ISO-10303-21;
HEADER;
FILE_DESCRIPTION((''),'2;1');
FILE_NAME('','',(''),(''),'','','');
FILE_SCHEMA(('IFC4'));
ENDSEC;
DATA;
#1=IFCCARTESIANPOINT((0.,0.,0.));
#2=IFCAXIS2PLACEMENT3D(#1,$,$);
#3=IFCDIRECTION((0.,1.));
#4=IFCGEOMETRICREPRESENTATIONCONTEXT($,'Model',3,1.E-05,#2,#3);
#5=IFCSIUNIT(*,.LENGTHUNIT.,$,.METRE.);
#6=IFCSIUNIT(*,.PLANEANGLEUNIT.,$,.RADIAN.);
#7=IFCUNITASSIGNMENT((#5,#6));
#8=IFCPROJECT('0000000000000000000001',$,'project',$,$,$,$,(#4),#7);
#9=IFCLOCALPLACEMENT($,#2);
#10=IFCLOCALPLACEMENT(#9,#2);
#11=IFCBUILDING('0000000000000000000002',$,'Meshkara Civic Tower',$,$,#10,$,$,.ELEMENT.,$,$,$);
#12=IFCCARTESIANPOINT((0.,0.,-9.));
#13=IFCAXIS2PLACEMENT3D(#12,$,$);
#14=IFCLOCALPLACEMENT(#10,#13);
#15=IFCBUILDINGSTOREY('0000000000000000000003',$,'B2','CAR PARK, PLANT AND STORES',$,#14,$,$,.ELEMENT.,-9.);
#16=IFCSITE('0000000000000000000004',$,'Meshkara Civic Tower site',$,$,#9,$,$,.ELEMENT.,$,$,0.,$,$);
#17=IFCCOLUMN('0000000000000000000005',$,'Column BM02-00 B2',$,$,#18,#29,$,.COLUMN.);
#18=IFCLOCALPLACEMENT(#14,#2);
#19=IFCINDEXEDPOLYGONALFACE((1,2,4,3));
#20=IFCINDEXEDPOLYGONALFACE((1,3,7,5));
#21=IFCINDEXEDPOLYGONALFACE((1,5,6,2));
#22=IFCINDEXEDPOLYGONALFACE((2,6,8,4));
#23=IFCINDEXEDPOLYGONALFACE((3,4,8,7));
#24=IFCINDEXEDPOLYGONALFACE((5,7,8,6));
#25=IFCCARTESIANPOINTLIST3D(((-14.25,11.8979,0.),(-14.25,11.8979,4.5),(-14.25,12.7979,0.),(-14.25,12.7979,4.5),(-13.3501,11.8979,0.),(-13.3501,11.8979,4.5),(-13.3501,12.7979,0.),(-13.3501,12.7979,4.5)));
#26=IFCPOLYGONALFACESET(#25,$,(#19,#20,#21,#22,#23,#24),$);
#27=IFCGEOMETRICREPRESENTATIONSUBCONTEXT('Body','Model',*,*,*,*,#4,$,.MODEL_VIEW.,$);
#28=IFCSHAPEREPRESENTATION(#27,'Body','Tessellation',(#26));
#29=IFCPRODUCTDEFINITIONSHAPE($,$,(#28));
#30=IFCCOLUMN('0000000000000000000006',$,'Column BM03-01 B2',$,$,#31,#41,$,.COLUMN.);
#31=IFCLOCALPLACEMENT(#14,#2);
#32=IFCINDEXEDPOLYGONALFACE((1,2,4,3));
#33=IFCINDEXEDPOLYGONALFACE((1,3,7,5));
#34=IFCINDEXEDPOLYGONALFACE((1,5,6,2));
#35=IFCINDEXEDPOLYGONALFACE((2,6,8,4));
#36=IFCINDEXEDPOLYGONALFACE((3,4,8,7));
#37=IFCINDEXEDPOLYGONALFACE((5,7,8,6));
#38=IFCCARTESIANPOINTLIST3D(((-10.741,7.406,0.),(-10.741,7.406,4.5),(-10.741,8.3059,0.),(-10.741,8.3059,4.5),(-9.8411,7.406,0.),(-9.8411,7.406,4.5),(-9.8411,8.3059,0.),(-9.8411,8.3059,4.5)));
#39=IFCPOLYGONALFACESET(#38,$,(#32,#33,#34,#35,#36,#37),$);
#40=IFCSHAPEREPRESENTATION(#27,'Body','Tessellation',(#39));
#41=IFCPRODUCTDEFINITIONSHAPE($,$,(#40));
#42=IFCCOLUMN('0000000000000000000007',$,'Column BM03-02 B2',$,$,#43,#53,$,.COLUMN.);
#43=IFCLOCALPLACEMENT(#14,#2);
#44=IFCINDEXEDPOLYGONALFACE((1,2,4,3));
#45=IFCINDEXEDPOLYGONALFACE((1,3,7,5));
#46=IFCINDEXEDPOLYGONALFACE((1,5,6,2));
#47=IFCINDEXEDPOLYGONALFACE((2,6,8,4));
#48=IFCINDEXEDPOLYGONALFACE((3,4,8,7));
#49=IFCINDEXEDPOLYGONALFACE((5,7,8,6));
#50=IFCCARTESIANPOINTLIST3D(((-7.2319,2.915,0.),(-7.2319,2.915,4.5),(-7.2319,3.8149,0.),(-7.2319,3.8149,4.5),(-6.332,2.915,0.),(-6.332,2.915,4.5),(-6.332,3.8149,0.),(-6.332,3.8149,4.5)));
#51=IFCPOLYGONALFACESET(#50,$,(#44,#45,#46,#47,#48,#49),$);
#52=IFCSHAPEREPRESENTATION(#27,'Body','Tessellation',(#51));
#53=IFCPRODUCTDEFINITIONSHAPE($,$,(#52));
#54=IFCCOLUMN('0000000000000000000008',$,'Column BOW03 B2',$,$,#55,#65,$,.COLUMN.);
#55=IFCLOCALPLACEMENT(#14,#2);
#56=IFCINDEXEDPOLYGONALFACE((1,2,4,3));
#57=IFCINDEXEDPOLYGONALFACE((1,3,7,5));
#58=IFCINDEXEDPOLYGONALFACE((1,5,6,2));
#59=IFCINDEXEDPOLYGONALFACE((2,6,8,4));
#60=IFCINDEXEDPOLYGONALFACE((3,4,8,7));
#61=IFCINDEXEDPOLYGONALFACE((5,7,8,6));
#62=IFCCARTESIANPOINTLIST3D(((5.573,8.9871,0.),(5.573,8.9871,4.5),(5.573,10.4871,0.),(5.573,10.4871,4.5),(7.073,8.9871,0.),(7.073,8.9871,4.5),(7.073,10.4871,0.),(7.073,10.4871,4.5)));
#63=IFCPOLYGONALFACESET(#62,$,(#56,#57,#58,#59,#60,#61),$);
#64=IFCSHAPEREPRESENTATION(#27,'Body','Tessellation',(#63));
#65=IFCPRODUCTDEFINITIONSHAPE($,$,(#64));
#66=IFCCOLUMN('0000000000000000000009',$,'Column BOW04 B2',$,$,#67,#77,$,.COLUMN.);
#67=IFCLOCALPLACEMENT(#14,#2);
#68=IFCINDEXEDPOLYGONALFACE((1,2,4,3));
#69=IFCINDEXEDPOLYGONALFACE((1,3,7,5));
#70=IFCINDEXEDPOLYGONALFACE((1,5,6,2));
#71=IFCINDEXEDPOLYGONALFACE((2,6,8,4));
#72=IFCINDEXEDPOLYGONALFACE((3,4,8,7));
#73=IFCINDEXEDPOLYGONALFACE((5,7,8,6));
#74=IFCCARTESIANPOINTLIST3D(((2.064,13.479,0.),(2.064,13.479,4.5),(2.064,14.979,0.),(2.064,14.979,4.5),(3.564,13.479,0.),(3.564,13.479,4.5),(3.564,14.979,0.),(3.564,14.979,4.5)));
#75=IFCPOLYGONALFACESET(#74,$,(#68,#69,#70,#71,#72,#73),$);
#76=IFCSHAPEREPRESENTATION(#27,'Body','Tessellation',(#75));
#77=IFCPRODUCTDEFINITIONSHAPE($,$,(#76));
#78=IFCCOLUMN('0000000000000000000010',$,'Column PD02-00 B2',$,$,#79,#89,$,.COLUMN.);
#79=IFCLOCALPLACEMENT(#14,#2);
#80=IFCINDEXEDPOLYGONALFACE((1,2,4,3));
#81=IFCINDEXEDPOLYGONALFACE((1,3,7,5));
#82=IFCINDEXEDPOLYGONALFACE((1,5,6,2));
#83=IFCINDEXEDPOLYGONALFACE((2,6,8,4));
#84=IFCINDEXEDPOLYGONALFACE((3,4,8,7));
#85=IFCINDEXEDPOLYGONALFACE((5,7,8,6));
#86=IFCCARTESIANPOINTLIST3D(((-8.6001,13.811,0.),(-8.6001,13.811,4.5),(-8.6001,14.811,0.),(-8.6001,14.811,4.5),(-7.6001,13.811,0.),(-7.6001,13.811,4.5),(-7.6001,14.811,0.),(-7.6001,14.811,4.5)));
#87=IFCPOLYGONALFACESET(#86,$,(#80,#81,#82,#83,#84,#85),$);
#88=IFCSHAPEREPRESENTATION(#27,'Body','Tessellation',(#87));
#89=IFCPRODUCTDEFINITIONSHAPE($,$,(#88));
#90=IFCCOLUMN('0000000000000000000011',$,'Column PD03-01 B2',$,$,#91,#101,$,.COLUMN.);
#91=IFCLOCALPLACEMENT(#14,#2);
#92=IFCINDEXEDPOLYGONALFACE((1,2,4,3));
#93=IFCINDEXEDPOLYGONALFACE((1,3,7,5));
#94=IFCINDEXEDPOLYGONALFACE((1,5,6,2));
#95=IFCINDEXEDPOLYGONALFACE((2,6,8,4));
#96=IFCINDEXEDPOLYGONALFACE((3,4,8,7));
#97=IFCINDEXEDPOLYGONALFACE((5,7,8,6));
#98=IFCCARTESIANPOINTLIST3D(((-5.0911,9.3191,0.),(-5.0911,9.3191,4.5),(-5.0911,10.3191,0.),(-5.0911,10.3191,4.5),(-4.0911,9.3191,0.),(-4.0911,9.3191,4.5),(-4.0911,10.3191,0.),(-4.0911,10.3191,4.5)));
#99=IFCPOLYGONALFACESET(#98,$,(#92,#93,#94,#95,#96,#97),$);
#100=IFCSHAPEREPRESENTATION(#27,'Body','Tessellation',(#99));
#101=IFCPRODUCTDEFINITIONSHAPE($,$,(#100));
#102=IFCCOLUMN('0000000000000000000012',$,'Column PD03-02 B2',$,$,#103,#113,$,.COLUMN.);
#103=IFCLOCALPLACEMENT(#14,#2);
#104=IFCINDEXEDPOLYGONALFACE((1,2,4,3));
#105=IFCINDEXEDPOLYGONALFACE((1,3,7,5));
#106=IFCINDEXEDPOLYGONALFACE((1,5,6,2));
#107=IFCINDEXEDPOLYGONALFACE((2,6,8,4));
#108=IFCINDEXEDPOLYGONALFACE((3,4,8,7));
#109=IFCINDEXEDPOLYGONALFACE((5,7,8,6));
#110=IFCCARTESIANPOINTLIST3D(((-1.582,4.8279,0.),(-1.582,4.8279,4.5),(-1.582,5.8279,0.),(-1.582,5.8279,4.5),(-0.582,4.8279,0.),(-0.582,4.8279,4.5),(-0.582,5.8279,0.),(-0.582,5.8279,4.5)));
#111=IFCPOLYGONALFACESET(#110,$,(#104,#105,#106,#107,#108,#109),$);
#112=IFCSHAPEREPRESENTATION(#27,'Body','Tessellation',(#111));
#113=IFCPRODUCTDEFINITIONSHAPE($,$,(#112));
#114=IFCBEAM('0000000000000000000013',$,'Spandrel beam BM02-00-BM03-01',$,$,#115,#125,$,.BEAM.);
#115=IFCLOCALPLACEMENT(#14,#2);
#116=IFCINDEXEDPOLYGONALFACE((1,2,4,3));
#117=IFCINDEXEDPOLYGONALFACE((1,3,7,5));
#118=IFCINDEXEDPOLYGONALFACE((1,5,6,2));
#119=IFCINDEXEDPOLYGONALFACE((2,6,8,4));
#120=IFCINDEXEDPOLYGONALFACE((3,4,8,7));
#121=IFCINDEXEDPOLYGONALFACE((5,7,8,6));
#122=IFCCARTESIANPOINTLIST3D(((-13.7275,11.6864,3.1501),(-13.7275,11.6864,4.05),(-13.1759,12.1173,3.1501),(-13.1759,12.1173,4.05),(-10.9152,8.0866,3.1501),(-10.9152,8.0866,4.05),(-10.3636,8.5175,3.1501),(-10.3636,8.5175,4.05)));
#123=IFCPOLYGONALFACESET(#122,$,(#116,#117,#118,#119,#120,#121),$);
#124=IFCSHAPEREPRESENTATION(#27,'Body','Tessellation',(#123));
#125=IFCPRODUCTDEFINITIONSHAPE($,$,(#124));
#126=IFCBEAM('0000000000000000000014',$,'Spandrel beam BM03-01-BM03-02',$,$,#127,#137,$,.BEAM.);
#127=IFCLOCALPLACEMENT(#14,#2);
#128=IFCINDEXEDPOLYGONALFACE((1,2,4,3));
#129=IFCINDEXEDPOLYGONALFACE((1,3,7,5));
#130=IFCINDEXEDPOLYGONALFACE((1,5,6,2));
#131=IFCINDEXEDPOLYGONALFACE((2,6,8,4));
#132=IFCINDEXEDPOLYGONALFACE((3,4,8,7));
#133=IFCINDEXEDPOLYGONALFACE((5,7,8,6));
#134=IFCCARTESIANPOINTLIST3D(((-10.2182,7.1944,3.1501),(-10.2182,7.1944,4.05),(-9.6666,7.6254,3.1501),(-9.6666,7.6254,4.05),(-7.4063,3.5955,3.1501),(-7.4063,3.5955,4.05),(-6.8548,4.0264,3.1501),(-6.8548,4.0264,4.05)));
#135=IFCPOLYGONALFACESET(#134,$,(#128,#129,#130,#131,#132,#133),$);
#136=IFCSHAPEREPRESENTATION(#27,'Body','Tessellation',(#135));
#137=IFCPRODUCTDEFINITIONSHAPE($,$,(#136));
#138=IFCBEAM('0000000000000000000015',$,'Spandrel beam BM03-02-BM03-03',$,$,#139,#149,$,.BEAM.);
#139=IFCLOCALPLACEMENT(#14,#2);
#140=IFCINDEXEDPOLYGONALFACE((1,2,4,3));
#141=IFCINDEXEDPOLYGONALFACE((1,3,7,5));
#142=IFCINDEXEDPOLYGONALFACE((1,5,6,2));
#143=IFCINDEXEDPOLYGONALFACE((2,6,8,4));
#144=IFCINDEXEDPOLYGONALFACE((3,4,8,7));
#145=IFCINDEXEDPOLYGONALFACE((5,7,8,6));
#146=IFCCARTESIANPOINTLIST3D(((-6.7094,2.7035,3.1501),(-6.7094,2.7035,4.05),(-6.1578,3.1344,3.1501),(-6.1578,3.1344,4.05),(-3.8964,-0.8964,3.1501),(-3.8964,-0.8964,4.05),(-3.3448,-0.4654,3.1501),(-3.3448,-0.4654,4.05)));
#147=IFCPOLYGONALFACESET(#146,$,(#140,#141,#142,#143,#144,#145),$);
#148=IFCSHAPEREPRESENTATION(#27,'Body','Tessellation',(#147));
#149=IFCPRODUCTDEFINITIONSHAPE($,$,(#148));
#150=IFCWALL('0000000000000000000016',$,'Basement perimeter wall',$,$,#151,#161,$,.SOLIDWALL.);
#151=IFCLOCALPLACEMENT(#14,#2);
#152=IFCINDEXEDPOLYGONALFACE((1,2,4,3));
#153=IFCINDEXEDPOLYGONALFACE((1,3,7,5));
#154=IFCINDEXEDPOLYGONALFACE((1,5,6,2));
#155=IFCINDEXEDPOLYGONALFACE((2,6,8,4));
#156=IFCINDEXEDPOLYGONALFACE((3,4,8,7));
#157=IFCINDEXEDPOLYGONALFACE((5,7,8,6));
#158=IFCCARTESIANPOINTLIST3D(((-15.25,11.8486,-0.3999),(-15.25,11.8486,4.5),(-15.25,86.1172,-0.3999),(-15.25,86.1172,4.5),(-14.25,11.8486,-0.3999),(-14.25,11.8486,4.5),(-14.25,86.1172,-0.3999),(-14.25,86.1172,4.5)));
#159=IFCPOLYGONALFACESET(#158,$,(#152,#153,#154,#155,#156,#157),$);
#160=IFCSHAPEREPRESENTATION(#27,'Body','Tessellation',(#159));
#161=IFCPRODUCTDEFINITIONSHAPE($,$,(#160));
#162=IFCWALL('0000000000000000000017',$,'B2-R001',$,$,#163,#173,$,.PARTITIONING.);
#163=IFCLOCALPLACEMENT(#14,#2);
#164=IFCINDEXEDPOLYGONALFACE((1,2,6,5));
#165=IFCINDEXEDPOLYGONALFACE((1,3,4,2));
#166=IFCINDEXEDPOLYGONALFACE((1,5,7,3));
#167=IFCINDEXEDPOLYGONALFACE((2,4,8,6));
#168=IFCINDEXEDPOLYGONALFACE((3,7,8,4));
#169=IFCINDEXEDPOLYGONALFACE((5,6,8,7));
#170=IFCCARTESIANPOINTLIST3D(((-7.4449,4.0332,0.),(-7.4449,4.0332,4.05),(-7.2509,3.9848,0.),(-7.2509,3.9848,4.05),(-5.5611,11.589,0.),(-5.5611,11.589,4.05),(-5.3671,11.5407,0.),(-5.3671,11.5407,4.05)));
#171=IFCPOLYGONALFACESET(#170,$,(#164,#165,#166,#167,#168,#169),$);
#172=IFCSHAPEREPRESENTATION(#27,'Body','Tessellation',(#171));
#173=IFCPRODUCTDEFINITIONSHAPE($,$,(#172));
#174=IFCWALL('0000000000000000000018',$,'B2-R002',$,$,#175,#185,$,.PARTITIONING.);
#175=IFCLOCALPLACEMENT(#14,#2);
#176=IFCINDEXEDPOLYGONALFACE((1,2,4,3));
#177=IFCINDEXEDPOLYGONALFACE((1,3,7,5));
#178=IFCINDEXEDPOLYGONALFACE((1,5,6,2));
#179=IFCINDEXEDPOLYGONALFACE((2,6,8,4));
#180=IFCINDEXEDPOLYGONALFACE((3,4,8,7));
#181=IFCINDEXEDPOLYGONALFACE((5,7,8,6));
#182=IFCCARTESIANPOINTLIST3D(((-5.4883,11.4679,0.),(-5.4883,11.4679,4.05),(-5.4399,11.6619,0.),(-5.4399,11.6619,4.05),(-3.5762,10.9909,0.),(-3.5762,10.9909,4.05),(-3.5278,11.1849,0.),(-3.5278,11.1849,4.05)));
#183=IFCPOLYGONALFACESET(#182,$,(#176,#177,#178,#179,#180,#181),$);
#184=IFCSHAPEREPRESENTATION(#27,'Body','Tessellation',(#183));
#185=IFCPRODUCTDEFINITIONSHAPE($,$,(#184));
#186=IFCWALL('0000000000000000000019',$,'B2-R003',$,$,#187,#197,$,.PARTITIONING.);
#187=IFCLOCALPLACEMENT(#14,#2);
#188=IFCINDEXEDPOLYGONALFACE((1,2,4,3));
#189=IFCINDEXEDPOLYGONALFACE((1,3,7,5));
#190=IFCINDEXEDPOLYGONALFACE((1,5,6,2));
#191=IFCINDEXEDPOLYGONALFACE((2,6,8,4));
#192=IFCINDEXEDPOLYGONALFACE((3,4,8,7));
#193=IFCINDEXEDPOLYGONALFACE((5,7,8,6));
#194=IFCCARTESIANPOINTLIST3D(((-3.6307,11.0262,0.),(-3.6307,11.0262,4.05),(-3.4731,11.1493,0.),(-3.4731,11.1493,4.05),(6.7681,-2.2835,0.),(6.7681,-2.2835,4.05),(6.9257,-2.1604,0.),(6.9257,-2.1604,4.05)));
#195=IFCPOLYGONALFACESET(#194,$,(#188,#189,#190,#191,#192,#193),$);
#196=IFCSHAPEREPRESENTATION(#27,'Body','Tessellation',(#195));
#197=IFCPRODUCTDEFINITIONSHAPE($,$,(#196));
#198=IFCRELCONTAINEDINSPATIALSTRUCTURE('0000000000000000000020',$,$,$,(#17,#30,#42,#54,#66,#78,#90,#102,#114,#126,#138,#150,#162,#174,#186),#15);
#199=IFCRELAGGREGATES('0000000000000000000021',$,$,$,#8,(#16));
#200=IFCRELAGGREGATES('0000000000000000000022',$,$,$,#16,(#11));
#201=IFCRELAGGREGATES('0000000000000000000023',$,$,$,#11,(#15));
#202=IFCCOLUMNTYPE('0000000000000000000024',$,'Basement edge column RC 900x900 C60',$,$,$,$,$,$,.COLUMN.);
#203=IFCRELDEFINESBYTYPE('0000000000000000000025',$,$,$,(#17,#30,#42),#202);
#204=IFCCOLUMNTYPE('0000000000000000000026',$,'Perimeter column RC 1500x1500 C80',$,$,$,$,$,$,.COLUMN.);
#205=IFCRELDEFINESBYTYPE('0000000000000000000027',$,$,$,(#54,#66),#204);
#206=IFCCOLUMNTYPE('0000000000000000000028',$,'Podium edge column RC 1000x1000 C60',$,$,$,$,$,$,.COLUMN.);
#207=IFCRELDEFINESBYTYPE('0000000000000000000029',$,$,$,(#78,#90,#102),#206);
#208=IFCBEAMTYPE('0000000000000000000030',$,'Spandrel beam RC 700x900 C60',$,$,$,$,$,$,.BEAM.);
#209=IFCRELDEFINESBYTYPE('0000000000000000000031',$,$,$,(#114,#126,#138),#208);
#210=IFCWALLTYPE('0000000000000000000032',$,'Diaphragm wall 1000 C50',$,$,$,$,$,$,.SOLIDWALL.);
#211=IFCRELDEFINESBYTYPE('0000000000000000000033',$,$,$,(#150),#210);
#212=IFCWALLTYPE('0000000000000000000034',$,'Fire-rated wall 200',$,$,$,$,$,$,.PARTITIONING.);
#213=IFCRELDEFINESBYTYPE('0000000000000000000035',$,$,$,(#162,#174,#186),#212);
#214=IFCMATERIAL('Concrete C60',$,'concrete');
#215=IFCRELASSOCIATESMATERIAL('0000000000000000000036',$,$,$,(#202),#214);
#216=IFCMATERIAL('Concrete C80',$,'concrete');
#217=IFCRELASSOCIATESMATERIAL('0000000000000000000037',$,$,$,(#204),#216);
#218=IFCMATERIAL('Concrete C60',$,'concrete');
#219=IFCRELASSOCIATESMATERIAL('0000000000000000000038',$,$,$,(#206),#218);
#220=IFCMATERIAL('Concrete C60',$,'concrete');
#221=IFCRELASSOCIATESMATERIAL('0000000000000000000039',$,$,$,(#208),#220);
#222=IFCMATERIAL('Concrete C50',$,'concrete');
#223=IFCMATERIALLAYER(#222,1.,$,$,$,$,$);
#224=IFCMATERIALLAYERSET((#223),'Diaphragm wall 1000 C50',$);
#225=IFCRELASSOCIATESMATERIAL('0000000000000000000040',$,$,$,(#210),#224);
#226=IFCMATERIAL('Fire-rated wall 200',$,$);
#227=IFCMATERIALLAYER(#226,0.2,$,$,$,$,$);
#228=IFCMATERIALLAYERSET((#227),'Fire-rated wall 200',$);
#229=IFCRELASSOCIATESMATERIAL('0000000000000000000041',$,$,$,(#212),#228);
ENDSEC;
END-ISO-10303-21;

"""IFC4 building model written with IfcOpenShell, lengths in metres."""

from ifc_helpers import new_model, si_unit, direction, frame, frame_2d, origin, origin_2d, place, context, subcontext, project, spatial, rectangle, extrude, material, layer, layer_set, material_profile, profile_set, type_object, element, save


model = new_model("IFC4")

# Units and contexts
model_context = context("Model", 3, precision=1e-05, world=origin(), true_north=direction((0.0, 1.0)))
body_context = subcontext(model_context, "Body", "Model", "MODEL_VIEW")
ifc_project = project(units=[si_unit("LENGTHUNIT", "METRE"), si_unit("PLANEANGLEUNIT", "RADIAN")], contexts=[model_context])

# Site, building, storey
site_placement = place(None, origin())
site = spatial("IfcSite", under=ifc_project, at=site_placement, Name="Meshkara Civic Tower site", CompositionType="ELEMENT", RefElevation=0.0)
building_placement = place(site_placement, origin())
building = spatial("IfcBuilding", under=site, at=building_placement, Name="Meshkara Civic Tower", CompositionType="ELEMENT")
storey_placement = place(building_placement, frame((0.0, 0.0, -9.0)))
storey = spatial("IfcBuildingStorey", under=building, at=storey_placement, Name="B2", Description="CAR PARK, PLANT AND STORES", CompositionType="ELEMENT", Elevation=-9.0)

# Columns
ifc_material_1 = material(Name="Concrete C60", Category="concrete")
ifc_material_profile_1 = material_profile(ifc_material_1, rectangle(XDim=0.8999, YDim=0.8999, at=origin_2d()))
ifc_profile_set_1 = profile_set([ifc_material_profile_1], Name="Concrete C60")
column_type_1 = type_object("IfcColumnType", Name="Basement edge column RC 900x900 C60", PredefinedType="COLUMN", material=ifc_profile_set_1)
for number, where, z_axis, x_axis, name in (
    (1, (-13.8, 12.3479, 0.0), (0.0, 0.0, 1.0), (1.0, 0.0, 0.0), "Column BM02-00 B2"),
    (2, (-10.291, 7.856, 0.0), (0.0, 0.0, 1.0), (1.0, 0.0, 0.0), "Column BM03-01 B2"),
    (3, (-6.782, 3.365, 0.0), (0.0, 0.0, 1.0), (1.0, 0.0, 0.0), "Column BM03-02 B2"),
):
    element("IfcColumn", number, at=place(storey_placement, frame(where, z_axis=z_axis, x_axis=x_axis)), inside=storey, type_object=column_type_1, Name=name, PredefinedType="COLUMN", context=body_context, shape_type="SweptSolid", body=[
        extrude(rectangle(XDim=0.8999, YDim=0.8999, at=origin_2d()), origin(), (0.0, 0.0, 1.0), 4.5),
    ])
ifc_material_2 = material(Name="Concrete C80", Category="concrete")
ifc_material_profile_2 = material_profile(ifc_material_2, rectangle(XDim=1.5, YDim=1.5, at=origin_2d()))
ifc_profile_set_2 = profile_set([ifc_material_profile_2], Name="Concrete C80")
column_type_2 = type_object("IfcColumnType", Name="Perimeter column RC 1500x1500 C80", PredefinedType="COLUMN", material=ifc_profile_set_2)
for number, where, z_axis, x_axis, name in (
    (4, (6.323, 9.7371, 0.0), (0.0, 0.0, 1.0), (1.0, 0.0, 0.0), "Column BOW03 B2"),
    (5, (2.814, 14.229, 0.0), (0.0, 0.0, 1.0), (1.0, 0.0, 0.0), "Column BOW04 B2"),
):
    element("IfcColumn", number, at=place(storey_placement, frame(where, z_axis=z_axis, x_axis=x_axis)), inside=storey, type_object=column_type_2, Name=name, PredefinedType="COLUMN", context=body_context, shape_type="SweptSolid", body=[
        extrude(rectangle(XDim=1.5, YDim=1.5, at=origin_2d()), origin(), (0.0, 0.0, 1.0), 4.5),
    ])
ifc_material_3 = material(Name="Concrete C60", Category="concrete")
ifc_material_profile_3 = material_profile(ifc_material_3, rectangle(XDim=1.0, YDim=1.0, at=origin_2d()))
ifc_profile_set_3 = profile_set([ifc_material_profile_3], Name="Concrete C60")
column_type_3 = type_object("IfcColumnType", Name="Podium edge column RC 1000x1000 C60", PredefinedType="COLUMN", material=ifc_profile_set_3)
for number, where, z_axis, x_axis, name in (
    (6, (-8.1001, 14.311, 0.0), (0.0, 0.0, 1.0), (1.0, 0.0, 0.0), "Column PD02-00 B2"),
    (7, (-4.5911, 9.8191, 0.0), (0.0, 0.0, 1.0), (1.0, 0.0, 0.0), "Column PD03-01 B2"),
    (8, (-1.082, 5.3279, 0.0), (0.0, 0.0, 1.0), (1.0, 0.0, 0.0), "Column PD03-02 B2"),
):
    element("IfcColumn", number, at=place(storey_placement, frame(where, z_axis=z_axis, x_axis=x_axis)), inside=storey, type_object=column_type_3, Name=name, PredefinedType="COLUMN", context=body_context, shape_type="SweptSolid", body=[
        extrude(rectangle(XDim=1.0, YDim=1.0, at=origin_2d()), origin(), (0.0, 0.0, 1.0), 4.5),
    ])

# Beams
ifc_material_4 = material(Name="Concrete C60", Category="concrete")
ifc_material_profile_4 = material_profile(ifc_material_4, rectangle(XDim=0.7, YDim=0.8999, at=origin_2d()))
ifc_profile_set_4 = profile_set([ifc_material_profile_4], Name="Concrete C60")
beam_type = type_object("IfcBeamType", Name="Spandrel beam RC 700x900 C60", PredefinedType="BEAM", material=ifc_profile_set_4)
beam_1_placement = place(storey_placement, frame((-13.4517, 11.9019, 3.6001), z_axis=(0.615626, -0.788038, 0.0), x_axis=(0.788038, 0.615626, 0.0)))
element("IfcBeam", 9, at=beam_1_placement, inside=storey, type_object=beam_type, Name="Spandrel beam BM02-00-BM03-01", PredefinedType="BEAM", context=body_context, shape_type="SweptSolid", body=[
    extrude(rectangle(XDim=0.7, YDim=0.8999, at=origin_2d()), origin(), (0.0, 0.0, 1.0), 4.5681),
])
beam_2_placement = place(storey_placement, frame((-9.9424, 7.4099, 3.6001), z_axis=(0.615664, -0.788009, 0.0), x_axis=(0.788009, 0.615664, 0.0)))
element("IfcBeam", 10, at=beam_2_placement, inside=storey, type_object=beam_type, Name="Spandrel beam BM03-01-BM03-02", PredefinedType="BEAM", context=body_context, shape_type="SweptSolid", body=[
    extrude(rectangle(XDim=0.7, YDim=0.8999, at=origin_2d()), origin(), (0.0, 0.0, 1.0), 4.5671),
])
beam_3_placement = place(storey_placement, frame((-6.4336, 2.9189, 3.6001), z_axis=(0.615726, -0.78796, 0.0), x_axis=(0.78796, 0.615726, 0.0)))
element("IfcBeam", 11, at=beam_3_placement, inside=storey, type_object=beam_type, Name="Spandrel beam BM03-02-BM03-03", PredefinedType="BEAM", context=body_context, shape_type="SweptSolid", body=[
    extrude(rectangle(XDim=0.7, YDim=0.8999, at=origin_2d()), origin(), (0.0, 0.0, 1.0), 4.5686),
])

# Walls
ifc_material_5 = material(Name="Concrete C50", Category="concrete")
ifc_layer_1 = layer(ifc_material_5, 1.0)
ifc_layer_set_1 = layer_set([ifc_layer_1], Name="Diaphragm wall 1000 C50")
wall_type_1 = type_object("IfcWallType", Name="Diaphragm wall 1000 C50", PredefinedType="SOLIDWALL", material=ifc_layer_set_1)
wall_1_placement = place(storey_placement, frame((-14.75, 11.8486, -0.3999), z_axis=(0.0, 0.0, 1.0), x_axis=(0.0, 1.0, 0.0)))
element("IfcWall", 12, at=wall_1_placement, inside=storey, type_object=wall_type_1, Name="Basement perimeter wall", PredefinedType="SOLIDWALL", context=body_context, shape_type="SweptSolid", body=[
    extrude(rectangle(XDim=74.2686, YDim=1.0, at=frame_2d((37.1343, 0.0))), origin(), (0.0, 0.0, 1.0), 4.8999),
])
ifc_material_6 = material(Name="Fire-rated wall 200")
ifc_layer_2 = layer(ifc_material_6, 0.2)
ifc_layer_set_2 = layer_set([ifc_layer_2], Name="Fire-rated wall 200")
wall_type_2 = type_object("IfcWallType", Name="Fire-rated wall 200", PredefinedType="PARTITIONING", material=ifc_layer_set_2)
wall_2_placement = place(storey_placement, frame((-7.3479, 4.009, 0.0), z_axis=(0.0, 0.0, 1.0), x_axis=(0.241909, 0.970299, 0.0)))
element("IfcWall", 13, at=wall_2_placement, inside=storey, type_object=wall_type_2, Name="B2-R001", PredefinedType="PARTITIONING", context=body_context, shape_type="SweptSolid", body=[
    extrude(rectangle(XDim=7.7871, YDim=0.2, at=frame_2d((3.8936, 0.0))), origin(), (0.0, 0.0, 1.0), 4.05),
])
wall_3_placement = place(storey_placement, frame((-5.4641, 11.5649, 0.0), z_axis=(0.0, 0.0, 1.0), x_axis=(0.970259, -0.242069, 0.0)))
element("IfcWall", 14, at=wall_3_placement, inside=storey, type_object=wall_type_2, Name="B2-R002", PredefinedType="PARTITIONING", context=body_context, shape_type="SweptSolid", body=[
    extrude(rectangle(XDim=1.9707, YDim=0.2, at=frame_2d((0.9854, 0.0))), origin(), (0.0, 0.0, 1.0), 4.05),
])
wall_4_placement = place(storey_placement, frame((-3.552, 11.0879, 0.0), z_axis=(0.0, 0.0, 1.0), x_axis=(0.615667, -0.788006, 0.0)))
element("IfcWall", 15, at=wall_4_placement, inside=storey, type_object=wall_type_2, Name="B2-R003", PredefinedType="PARTITIONING", context=body_context, shape_type="SweptSolid", body=[
    extrude(rectangle(XDim=16.8904, YDim=0.2, at=frame_2d((8.4453, 0.0))), origin(), (0.0, 0.0, 1.0), 4.05),
])

save(model, "model.ifc")
